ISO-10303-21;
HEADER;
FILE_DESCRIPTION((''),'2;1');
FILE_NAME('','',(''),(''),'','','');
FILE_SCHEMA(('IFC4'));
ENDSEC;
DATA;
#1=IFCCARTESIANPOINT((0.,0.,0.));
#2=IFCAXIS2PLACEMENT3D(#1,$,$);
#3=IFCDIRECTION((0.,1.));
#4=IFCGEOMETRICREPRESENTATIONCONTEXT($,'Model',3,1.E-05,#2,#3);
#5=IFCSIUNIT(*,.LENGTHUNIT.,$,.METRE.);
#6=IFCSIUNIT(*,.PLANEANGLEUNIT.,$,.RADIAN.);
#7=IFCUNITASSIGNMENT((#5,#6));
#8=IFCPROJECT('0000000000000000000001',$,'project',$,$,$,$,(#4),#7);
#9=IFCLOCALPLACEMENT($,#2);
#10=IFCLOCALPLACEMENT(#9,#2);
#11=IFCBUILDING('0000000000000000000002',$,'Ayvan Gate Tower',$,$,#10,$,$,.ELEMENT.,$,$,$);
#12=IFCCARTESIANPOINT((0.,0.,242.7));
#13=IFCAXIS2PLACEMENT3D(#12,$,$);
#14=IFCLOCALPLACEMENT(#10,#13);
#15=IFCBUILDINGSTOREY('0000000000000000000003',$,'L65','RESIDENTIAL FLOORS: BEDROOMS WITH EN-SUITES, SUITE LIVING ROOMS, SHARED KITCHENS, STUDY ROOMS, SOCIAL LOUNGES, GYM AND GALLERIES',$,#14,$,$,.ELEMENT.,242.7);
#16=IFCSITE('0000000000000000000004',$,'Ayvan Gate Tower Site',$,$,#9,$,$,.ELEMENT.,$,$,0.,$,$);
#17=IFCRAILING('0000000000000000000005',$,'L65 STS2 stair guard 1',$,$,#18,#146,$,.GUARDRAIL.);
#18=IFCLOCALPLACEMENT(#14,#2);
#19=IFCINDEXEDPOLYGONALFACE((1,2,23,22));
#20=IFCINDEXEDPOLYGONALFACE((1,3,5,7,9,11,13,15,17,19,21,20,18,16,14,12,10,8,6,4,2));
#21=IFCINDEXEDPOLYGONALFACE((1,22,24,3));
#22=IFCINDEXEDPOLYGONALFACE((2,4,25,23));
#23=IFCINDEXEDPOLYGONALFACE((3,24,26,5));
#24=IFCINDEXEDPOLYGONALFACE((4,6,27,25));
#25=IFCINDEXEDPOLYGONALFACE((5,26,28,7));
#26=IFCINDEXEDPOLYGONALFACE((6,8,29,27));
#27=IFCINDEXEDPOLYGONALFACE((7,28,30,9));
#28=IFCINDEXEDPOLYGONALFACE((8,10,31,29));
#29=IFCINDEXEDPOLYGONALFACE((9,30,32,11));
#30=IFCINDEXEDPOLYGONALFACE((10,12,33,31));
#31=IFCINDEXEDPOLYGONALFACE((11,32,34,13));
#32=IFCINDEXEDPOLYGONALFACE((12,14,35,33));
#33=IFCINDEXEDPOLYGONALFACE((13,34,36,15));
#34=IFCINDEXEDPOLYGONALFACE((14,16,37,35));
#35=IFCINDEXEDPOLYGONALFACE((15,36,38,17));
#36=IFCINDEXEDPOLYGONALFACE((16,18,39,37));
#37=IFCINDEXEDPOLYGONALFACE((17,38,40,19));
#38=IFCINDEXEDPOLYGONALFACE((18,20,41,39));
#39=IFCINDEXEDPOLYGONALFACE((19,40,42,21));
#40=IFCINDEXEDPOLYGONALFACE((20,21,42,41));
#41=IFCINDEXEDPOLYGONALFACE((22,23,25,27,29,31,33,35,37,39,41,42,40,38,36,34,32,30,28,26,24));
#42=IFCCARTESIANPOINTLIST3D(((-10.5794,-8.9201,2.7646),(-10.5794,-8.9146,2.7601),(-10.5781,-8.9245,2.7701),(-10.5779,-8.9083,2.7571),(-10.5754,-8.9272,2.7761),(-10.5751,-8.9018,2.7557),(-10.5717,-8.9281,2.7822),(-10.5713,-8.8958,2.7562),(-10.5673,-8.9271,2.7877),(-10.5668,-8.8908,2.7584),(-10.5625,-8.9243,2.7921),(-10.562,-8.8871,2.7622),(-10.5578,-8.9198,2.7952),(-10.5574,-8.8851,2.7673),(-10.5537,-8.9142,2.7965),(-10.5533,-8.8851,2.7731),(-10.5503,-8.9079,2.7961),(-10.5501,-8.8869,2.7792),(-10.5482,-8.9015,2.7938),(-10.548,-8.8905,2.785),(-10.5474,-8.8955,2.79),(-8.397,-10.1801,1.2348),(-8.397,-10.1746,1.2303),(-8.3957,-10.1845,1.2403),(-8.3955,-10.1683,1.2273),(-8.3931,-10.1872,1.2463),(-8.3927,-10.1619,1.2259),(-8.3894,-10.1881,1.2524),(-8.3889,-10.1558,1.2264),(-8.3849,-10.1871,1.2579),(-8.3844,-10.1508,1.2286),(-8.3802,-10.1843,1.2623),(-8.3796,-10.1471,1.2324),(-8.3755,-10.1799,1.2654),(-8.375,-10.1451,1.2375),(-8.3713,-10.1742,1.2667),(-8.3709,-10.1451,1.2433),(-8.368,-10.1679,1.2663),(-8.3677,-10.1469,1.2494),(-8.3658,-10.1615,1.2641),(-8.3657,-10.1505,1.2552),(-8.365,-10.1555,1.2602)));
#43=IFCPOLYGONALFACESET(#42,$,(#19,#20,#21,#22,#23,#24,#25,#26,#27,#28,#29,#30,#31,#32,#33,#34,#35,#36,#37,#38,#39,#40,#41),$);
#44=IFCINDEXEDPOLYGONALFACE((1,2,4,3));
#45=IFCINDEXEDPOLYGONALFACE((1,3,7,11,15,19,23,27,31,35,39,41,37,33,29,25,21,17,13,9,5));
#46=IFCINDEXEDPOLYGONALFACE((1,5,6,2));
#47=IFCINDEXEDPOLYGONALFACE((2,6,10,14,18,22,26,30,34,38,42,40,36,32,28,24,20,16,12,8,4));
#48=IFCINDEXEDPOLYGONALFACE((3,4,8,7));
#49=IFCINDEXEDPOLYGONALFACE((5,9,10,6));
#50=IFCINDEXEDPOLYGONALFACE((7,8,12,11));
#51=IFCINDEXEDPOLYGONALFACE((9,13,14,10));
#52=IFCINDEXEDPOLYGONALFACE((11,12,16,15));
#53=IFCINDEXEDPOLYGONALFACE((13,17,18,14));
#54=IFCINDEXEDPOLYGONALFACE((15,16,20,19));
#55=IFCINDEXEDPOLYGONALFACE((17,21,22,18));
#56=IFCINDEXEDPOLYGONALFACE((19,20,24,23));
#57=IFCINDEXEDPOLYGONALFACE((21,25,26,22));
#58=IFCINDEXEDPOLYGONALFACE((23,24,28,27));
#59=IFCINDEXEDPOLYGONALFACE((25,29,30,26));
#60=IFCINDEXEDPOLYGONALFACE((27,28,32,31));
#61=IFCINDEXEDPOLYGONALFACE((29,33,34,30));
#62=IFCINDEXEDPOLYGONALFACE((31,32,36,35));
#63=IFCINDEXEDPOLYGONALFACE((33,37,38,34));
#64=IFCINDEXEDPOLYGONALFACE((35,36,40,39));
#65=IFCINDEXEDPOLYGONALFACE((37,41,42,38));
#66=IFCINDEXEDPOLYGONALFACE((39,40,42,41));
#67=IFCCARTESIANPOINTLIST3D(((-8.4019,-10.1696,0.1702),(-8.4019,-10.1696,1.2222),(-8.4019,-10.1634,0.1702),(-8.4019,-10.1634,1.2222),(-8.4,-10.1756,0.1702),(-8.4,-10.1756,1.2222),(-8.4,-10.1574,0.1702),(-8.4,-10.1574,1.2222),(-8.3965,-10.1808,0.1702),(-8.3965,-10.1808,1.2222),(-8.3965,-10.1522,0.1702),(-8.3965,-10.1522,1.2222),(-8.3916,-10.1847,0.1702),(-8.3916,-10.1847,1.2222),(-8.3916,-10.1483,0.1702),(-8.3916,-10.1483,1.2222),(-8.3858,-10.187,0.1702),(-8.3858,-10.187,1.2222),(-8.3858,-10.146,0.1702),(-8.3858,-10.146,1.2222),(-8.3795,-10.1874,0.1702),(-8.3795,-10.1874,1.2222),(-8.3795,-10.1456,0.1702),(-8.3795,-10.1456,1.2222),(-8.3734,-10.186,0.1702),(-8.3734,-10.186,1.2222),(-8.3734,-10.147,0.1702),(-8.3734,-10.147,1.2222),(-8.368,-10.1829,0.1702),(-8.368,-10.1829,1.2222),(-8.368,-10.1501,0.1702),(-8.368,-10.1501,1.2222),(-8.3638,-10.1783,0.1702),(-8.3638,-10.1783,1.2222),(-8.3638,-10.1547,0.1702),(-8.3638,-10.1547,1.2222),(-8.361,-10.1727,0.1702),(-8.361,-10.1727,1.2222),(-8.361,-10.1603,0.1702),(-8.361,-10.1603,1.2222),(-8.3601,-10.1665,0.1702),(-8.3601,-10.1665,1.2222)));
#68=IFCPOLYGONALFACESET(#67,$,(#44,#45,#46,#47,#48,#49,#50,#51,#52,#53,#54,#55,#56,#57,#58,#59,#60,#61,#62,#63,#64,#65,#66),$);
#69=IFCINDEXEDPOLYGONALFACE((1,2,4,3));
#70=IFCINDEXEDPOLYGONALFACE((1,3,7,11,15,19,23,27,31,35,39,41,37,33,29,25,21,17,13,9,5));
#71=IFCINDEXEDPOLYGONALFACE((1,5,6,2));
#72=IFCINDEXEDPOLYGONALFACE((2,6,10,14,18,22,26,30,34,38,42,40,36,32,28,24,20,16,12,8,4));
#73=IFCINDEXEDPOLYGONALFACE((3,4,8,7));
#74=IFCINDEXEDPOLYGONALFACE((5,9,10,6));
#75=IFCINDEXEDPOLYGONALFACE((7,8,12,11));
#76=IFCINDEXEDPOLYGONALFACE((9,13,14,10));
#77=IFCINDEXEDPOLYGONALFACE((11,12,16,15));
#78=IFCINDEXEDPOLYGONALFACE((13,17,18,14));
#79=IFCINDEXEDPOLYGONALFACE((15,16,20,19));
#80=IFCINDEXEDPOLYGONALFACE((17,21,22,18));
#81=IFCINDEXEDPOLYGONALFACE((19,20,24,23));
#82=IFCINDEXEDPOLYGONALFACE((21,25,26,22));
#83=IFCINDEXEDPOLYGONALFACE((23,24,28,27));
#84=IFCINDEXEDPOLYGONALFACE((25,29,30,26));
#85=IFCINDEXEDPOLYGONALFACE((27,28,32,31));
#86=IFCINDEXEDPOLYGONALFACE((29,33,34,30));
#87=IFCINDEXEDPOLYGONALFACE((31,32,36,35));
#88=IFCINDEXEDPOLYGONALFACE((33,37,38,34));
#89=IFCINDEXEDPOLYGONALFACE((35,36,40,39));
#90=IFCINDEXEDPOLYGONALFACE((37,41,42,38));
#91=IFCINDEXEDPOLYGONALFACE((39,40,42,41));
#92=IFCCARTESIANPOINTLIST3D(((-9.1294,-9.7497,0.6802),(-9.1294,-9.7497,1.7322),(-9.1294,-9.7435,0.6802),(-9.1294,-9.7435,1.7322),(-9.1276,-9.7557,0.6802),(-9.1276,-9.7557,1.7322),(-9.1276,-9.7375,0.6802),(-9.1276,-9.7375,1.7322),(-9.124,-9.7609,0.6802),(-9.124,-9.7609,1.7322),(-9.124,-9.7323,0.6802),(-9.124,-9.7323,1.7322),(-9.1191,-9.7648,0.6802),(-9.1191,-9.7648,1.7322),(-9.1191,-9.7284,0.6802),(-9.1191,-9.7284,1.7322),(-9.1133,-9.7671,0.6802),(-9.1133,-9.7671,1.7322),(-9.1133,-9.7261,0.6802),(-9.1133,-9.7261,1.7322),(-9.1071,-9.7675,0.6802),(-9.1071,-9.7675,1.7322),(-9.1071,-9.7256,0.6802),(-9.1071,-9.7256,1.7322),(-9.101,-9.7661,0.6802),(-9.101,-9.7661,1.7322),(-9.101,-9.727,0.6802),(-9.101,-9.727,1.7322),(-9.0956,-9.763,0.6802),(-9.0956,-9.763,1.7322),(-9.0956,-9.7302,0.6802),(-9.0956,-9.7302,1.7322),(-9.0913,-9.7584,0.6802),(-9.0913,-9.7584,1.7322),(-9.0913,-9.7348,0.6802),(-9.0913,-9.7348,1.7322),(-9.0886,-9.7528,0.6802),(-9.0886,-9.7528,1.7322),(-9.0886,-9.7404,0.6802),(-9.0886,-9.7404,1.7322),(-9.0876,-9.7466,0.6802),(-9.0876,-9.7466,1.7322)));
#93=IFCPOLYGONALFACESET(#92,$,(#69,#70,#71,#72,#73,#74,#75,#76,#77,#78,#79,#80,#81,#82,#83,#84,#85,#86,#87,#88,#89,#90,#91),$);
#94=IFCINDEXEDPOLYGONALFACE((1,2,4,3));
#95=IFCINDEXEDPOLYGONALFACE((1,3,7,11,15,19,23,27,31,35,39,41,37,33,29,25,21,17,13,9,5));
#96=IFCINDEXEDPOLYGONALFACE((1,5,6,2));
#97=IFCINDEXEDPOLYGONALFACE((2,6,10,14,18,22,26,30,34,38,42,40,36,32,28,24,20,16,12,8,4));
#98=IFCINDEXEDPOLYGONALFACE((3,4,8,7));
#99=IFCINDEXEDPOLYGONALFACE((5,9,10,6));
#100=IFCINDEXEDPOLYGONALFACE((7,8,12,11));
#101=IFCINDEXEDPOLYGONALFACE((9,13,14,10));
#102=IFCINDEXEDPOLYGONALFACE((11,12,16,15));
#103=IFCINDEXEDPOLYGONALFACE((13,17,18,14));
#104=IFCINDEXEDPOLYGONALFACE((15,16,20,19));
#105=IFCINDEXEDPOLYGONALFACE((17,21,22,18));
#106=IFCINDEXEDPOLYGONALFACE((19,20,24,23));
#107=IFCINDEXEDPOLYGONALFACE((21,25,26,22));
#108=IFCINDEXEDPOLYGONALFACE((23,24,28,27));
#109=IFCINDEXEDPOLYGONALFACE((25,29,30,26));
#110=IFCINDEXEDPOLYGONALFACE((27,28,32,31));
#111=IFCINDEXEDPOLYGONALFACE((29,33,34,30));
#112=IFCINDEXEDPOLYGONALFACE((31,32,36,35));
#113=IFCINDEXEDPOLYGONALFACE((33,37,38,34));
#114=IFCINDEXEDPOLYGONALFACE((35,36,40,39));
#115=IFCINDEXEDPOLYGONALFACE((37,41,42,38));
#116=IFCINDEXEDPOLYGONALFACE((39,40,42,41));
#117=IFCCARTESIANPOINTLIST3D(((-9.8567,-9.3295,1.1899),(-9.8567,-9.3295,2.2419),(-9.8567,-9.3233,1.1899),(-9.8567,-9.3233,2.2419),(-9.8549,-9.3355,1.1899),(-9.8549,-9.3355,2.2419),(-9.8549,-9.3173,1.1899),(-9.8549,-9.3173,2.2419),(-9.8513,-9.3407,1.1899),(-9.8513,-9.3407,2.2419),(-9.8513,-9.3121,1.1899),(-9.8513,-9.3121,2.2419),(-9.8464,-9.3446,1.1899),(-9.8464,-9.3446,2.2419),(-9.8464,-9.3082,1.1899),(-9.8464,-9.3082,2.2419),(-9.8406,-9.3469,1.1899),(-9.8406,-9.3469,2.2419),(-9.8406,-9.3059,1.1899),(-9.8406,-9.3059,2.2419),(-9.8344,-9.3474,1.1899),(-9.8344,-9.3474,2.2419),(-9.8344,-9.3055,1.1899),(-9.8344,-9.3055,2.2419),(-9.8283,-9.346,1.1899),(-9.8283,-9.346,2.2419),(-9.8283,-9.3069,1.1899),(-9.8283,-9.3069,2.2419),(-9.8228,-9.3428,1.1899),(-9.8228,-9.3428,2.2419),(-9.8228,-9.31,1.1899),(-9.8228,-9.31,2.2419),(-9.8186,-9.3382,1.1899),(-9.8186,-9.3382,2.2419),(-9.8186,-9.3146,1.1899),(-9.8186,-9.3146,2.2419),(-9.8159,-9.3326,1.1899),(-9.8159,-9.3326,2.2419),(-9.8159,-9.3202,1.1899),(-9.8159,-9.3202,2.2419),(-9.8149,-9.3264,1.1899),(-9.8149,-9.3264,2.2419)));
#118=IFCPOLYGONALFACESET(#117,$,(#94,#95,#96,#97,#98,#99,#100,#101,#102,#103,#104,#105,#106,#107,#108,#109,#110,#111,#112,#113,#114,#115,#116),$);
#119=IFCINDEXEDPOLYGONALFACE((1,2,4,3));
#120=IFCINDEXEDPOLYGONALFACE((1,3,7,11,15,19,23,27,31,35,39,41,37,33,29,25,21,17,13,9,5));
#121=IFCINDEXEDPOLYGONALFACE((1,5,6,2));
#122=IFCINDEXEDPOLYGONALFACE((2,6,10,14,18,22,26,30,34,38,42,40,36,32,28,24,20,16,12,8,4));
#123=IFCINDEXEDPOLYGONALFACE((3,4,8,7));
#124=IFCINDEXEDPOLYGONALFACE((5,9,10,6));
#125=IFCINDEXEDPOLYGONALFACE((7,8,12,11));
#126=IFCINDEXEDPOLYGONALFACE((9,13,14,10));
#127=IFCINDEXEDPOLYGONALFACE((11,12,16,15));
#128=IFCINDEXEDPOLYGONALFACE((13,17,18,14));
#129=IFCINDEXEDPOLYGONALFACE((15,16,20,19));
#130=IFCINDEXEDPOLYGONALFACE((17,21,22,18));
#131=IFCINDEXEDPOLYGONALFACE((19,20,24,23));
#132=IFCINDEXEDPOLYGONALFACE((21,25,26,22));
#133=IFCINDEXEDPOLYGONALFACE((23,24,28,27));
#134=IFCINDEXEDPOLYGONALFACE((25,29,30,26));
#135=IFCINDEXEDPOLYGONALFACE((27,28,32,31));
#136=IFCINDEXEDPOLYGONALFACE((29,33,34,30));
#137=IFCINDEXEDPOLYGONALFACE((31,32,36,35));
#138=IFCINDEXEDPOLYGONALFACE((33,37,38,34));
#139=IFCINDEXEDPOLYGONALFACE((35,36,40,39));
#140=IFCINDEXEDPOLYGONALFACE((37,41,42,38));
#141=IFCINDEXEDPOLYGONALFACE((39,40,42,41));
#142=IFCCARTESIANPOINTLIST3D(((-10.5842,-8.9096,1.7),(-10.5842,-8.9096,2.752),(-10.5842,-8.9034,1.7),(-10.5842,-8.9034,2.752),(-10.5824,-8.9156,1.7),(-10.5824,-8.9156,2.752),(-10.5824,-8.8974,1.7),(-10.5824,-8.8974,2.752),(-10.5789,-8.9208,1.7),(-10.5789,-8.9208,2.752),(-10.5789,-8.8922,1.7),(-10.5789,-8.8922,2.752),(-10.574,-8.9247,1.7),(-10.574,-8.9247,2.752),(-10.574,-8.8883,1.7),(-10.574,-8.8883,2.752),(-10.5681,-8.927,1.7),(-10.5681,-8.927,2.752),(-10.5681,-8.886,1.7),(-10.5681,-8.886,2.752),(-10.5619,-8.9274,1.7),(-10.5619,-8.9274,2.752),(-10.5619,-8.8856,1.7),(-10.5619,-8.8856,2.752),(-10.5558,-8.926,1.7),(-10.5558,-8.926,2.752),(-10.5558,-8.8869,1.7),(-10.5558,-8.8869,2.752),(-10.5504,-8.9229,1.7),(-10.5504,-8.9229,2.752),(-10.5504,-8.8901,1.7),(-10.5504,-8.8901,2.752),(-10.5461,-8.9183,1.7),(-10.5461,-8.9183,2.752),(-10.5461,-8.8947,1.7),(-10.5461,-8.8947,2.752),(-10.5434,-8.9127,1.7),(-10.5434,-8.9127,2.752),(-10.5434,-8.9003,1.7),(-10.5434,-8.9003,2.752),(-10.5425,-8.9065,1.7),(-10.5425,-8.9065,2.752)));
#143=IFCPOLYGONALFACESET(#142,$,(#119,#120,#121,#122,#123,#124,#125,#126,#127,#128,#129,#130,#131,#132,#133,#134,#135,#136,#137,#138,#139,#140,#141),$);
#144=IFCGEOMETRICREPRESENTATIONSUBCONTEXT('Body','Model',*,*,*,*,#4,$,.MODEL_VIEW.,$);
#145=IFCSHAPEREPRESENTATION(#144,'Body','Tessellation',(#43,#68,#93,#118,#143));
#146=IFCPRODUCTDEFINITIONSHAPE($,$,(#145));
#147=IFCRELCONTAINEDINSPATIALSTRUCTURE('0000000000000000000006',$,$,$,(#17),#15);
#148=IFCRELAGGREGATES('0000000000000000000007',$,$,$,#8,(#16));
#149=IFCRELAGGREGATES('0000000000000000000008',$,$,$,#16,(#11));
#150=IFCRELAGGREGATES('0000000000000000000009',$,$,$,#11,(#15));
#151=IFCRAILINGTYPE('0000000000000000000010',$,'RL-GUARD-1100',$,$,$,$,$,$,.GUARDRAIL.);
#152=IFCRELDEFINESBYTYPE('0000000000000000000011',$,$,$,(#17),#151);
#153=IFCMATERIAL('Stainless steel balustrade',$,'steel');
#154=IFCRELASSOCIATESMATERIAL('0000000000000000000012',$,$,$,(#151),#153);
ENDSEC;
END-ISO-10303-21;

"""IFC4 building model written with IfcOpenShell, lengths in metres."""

from ifc_helpers import new_model, si_unit, direction, frame, origin, origin_2d, place, context, subcontext, project, spatial, circle, extrude, material, type_object, element, save


model = new_model("IFC4")

# Units and contexts
model_context = context("Model", 3, precision=1e-05, world=origin(), true_north=direction((0.0, 1.0)))
body_context = subcontext(model_context, "Body", "Model", "MODEL_VIEW")
ifc_project = project(units=[si_unit("LENGTHUNIT", "METRE"), si_unit("PLANEANGLEUNIT", "RADIAN")], contexts=[model_context])

# Site, building, storey
site_placement = place(None, origin())
site = spatial("IfcSite", under=ifc_project, at=site_placement, Name="Ayvan Gate Tower Site", CompositionType="ELEMENT", RefElevation=0.0)
building_placement = place(site_placement, origin())
building = spatial("IfcBuilding", under=site, at=building_placement, Name="Ayvan Gate Tower", CompositionType="ELEMENT")
storey_placement = place(building_placement, frame((0.0, 0.0, 242.7)))
storey = spatial("IfcBuildingStorey", under=building, at=storey_placement, Name="L65", Description="RESIDENTIAL FLOORS: BEDROOMS WITH EN-SUITES, SUITE LIVING ROOMS, SHARED KITCHENS, STUDY ROOMS, SOCIAL LOUNGES, GYM AND GALLERIES", CompositionType="ELEMENT", Elevation=242.7)

# Railing
ifc_material_1 = material(Name="Stainless steel balustrade", Category="steel")
railing_type_1 = type_object("IfcRailingType", Name="RL-GUARD-1100", PredefinedType="GUARDRAIL", material=ifc_material_1)
railing_1_placement = place(storey_placement, frame((-8.3811, -10.1665, 0.1702)))
element("IfcRailing", 1, at=railing_1_placement, inside=storey, type_object=railing_type_1, Name="L65 STS2 stair guard 1", PredefinedType="GUARDRAIL", context=body_context, shape_type="SweptSolid", body=[
    extrude(circle(Radius=0.0239, at=origin_2d()), frame((0.0, 0.0, 1.0762), z_axis=(-0.740293, 0.427414, 0.518926), x_axis=(-0.500005, -0.866023, 0.0)), (0.0, 0.0, 1.0), 2.948),
    extrude(circle(Radius=0.021, at=origin_2d()), origin(), (0.0, 0.0, 1.0), 1.052),
    extrude(circle(Radius=0.021, at=origin_2d()), frame((-0.7275, 0.4199, 0.51)), (0.0, 0.0, 1.0), 1.052),
    extrude(circle(Radius=0.021, at=origin_2d()), frame((-1.4548, 0.8401, 1.0198)), (0.0, 0.0, 1.0), 1.052),
    extrude(circle(Radius=0.021, at=origin_2d()), frame((-2.1824, 1.26, 1.5298)), (0.0, 0.0, 1.0), 1.052),
])

save(model, "model.ifc")
